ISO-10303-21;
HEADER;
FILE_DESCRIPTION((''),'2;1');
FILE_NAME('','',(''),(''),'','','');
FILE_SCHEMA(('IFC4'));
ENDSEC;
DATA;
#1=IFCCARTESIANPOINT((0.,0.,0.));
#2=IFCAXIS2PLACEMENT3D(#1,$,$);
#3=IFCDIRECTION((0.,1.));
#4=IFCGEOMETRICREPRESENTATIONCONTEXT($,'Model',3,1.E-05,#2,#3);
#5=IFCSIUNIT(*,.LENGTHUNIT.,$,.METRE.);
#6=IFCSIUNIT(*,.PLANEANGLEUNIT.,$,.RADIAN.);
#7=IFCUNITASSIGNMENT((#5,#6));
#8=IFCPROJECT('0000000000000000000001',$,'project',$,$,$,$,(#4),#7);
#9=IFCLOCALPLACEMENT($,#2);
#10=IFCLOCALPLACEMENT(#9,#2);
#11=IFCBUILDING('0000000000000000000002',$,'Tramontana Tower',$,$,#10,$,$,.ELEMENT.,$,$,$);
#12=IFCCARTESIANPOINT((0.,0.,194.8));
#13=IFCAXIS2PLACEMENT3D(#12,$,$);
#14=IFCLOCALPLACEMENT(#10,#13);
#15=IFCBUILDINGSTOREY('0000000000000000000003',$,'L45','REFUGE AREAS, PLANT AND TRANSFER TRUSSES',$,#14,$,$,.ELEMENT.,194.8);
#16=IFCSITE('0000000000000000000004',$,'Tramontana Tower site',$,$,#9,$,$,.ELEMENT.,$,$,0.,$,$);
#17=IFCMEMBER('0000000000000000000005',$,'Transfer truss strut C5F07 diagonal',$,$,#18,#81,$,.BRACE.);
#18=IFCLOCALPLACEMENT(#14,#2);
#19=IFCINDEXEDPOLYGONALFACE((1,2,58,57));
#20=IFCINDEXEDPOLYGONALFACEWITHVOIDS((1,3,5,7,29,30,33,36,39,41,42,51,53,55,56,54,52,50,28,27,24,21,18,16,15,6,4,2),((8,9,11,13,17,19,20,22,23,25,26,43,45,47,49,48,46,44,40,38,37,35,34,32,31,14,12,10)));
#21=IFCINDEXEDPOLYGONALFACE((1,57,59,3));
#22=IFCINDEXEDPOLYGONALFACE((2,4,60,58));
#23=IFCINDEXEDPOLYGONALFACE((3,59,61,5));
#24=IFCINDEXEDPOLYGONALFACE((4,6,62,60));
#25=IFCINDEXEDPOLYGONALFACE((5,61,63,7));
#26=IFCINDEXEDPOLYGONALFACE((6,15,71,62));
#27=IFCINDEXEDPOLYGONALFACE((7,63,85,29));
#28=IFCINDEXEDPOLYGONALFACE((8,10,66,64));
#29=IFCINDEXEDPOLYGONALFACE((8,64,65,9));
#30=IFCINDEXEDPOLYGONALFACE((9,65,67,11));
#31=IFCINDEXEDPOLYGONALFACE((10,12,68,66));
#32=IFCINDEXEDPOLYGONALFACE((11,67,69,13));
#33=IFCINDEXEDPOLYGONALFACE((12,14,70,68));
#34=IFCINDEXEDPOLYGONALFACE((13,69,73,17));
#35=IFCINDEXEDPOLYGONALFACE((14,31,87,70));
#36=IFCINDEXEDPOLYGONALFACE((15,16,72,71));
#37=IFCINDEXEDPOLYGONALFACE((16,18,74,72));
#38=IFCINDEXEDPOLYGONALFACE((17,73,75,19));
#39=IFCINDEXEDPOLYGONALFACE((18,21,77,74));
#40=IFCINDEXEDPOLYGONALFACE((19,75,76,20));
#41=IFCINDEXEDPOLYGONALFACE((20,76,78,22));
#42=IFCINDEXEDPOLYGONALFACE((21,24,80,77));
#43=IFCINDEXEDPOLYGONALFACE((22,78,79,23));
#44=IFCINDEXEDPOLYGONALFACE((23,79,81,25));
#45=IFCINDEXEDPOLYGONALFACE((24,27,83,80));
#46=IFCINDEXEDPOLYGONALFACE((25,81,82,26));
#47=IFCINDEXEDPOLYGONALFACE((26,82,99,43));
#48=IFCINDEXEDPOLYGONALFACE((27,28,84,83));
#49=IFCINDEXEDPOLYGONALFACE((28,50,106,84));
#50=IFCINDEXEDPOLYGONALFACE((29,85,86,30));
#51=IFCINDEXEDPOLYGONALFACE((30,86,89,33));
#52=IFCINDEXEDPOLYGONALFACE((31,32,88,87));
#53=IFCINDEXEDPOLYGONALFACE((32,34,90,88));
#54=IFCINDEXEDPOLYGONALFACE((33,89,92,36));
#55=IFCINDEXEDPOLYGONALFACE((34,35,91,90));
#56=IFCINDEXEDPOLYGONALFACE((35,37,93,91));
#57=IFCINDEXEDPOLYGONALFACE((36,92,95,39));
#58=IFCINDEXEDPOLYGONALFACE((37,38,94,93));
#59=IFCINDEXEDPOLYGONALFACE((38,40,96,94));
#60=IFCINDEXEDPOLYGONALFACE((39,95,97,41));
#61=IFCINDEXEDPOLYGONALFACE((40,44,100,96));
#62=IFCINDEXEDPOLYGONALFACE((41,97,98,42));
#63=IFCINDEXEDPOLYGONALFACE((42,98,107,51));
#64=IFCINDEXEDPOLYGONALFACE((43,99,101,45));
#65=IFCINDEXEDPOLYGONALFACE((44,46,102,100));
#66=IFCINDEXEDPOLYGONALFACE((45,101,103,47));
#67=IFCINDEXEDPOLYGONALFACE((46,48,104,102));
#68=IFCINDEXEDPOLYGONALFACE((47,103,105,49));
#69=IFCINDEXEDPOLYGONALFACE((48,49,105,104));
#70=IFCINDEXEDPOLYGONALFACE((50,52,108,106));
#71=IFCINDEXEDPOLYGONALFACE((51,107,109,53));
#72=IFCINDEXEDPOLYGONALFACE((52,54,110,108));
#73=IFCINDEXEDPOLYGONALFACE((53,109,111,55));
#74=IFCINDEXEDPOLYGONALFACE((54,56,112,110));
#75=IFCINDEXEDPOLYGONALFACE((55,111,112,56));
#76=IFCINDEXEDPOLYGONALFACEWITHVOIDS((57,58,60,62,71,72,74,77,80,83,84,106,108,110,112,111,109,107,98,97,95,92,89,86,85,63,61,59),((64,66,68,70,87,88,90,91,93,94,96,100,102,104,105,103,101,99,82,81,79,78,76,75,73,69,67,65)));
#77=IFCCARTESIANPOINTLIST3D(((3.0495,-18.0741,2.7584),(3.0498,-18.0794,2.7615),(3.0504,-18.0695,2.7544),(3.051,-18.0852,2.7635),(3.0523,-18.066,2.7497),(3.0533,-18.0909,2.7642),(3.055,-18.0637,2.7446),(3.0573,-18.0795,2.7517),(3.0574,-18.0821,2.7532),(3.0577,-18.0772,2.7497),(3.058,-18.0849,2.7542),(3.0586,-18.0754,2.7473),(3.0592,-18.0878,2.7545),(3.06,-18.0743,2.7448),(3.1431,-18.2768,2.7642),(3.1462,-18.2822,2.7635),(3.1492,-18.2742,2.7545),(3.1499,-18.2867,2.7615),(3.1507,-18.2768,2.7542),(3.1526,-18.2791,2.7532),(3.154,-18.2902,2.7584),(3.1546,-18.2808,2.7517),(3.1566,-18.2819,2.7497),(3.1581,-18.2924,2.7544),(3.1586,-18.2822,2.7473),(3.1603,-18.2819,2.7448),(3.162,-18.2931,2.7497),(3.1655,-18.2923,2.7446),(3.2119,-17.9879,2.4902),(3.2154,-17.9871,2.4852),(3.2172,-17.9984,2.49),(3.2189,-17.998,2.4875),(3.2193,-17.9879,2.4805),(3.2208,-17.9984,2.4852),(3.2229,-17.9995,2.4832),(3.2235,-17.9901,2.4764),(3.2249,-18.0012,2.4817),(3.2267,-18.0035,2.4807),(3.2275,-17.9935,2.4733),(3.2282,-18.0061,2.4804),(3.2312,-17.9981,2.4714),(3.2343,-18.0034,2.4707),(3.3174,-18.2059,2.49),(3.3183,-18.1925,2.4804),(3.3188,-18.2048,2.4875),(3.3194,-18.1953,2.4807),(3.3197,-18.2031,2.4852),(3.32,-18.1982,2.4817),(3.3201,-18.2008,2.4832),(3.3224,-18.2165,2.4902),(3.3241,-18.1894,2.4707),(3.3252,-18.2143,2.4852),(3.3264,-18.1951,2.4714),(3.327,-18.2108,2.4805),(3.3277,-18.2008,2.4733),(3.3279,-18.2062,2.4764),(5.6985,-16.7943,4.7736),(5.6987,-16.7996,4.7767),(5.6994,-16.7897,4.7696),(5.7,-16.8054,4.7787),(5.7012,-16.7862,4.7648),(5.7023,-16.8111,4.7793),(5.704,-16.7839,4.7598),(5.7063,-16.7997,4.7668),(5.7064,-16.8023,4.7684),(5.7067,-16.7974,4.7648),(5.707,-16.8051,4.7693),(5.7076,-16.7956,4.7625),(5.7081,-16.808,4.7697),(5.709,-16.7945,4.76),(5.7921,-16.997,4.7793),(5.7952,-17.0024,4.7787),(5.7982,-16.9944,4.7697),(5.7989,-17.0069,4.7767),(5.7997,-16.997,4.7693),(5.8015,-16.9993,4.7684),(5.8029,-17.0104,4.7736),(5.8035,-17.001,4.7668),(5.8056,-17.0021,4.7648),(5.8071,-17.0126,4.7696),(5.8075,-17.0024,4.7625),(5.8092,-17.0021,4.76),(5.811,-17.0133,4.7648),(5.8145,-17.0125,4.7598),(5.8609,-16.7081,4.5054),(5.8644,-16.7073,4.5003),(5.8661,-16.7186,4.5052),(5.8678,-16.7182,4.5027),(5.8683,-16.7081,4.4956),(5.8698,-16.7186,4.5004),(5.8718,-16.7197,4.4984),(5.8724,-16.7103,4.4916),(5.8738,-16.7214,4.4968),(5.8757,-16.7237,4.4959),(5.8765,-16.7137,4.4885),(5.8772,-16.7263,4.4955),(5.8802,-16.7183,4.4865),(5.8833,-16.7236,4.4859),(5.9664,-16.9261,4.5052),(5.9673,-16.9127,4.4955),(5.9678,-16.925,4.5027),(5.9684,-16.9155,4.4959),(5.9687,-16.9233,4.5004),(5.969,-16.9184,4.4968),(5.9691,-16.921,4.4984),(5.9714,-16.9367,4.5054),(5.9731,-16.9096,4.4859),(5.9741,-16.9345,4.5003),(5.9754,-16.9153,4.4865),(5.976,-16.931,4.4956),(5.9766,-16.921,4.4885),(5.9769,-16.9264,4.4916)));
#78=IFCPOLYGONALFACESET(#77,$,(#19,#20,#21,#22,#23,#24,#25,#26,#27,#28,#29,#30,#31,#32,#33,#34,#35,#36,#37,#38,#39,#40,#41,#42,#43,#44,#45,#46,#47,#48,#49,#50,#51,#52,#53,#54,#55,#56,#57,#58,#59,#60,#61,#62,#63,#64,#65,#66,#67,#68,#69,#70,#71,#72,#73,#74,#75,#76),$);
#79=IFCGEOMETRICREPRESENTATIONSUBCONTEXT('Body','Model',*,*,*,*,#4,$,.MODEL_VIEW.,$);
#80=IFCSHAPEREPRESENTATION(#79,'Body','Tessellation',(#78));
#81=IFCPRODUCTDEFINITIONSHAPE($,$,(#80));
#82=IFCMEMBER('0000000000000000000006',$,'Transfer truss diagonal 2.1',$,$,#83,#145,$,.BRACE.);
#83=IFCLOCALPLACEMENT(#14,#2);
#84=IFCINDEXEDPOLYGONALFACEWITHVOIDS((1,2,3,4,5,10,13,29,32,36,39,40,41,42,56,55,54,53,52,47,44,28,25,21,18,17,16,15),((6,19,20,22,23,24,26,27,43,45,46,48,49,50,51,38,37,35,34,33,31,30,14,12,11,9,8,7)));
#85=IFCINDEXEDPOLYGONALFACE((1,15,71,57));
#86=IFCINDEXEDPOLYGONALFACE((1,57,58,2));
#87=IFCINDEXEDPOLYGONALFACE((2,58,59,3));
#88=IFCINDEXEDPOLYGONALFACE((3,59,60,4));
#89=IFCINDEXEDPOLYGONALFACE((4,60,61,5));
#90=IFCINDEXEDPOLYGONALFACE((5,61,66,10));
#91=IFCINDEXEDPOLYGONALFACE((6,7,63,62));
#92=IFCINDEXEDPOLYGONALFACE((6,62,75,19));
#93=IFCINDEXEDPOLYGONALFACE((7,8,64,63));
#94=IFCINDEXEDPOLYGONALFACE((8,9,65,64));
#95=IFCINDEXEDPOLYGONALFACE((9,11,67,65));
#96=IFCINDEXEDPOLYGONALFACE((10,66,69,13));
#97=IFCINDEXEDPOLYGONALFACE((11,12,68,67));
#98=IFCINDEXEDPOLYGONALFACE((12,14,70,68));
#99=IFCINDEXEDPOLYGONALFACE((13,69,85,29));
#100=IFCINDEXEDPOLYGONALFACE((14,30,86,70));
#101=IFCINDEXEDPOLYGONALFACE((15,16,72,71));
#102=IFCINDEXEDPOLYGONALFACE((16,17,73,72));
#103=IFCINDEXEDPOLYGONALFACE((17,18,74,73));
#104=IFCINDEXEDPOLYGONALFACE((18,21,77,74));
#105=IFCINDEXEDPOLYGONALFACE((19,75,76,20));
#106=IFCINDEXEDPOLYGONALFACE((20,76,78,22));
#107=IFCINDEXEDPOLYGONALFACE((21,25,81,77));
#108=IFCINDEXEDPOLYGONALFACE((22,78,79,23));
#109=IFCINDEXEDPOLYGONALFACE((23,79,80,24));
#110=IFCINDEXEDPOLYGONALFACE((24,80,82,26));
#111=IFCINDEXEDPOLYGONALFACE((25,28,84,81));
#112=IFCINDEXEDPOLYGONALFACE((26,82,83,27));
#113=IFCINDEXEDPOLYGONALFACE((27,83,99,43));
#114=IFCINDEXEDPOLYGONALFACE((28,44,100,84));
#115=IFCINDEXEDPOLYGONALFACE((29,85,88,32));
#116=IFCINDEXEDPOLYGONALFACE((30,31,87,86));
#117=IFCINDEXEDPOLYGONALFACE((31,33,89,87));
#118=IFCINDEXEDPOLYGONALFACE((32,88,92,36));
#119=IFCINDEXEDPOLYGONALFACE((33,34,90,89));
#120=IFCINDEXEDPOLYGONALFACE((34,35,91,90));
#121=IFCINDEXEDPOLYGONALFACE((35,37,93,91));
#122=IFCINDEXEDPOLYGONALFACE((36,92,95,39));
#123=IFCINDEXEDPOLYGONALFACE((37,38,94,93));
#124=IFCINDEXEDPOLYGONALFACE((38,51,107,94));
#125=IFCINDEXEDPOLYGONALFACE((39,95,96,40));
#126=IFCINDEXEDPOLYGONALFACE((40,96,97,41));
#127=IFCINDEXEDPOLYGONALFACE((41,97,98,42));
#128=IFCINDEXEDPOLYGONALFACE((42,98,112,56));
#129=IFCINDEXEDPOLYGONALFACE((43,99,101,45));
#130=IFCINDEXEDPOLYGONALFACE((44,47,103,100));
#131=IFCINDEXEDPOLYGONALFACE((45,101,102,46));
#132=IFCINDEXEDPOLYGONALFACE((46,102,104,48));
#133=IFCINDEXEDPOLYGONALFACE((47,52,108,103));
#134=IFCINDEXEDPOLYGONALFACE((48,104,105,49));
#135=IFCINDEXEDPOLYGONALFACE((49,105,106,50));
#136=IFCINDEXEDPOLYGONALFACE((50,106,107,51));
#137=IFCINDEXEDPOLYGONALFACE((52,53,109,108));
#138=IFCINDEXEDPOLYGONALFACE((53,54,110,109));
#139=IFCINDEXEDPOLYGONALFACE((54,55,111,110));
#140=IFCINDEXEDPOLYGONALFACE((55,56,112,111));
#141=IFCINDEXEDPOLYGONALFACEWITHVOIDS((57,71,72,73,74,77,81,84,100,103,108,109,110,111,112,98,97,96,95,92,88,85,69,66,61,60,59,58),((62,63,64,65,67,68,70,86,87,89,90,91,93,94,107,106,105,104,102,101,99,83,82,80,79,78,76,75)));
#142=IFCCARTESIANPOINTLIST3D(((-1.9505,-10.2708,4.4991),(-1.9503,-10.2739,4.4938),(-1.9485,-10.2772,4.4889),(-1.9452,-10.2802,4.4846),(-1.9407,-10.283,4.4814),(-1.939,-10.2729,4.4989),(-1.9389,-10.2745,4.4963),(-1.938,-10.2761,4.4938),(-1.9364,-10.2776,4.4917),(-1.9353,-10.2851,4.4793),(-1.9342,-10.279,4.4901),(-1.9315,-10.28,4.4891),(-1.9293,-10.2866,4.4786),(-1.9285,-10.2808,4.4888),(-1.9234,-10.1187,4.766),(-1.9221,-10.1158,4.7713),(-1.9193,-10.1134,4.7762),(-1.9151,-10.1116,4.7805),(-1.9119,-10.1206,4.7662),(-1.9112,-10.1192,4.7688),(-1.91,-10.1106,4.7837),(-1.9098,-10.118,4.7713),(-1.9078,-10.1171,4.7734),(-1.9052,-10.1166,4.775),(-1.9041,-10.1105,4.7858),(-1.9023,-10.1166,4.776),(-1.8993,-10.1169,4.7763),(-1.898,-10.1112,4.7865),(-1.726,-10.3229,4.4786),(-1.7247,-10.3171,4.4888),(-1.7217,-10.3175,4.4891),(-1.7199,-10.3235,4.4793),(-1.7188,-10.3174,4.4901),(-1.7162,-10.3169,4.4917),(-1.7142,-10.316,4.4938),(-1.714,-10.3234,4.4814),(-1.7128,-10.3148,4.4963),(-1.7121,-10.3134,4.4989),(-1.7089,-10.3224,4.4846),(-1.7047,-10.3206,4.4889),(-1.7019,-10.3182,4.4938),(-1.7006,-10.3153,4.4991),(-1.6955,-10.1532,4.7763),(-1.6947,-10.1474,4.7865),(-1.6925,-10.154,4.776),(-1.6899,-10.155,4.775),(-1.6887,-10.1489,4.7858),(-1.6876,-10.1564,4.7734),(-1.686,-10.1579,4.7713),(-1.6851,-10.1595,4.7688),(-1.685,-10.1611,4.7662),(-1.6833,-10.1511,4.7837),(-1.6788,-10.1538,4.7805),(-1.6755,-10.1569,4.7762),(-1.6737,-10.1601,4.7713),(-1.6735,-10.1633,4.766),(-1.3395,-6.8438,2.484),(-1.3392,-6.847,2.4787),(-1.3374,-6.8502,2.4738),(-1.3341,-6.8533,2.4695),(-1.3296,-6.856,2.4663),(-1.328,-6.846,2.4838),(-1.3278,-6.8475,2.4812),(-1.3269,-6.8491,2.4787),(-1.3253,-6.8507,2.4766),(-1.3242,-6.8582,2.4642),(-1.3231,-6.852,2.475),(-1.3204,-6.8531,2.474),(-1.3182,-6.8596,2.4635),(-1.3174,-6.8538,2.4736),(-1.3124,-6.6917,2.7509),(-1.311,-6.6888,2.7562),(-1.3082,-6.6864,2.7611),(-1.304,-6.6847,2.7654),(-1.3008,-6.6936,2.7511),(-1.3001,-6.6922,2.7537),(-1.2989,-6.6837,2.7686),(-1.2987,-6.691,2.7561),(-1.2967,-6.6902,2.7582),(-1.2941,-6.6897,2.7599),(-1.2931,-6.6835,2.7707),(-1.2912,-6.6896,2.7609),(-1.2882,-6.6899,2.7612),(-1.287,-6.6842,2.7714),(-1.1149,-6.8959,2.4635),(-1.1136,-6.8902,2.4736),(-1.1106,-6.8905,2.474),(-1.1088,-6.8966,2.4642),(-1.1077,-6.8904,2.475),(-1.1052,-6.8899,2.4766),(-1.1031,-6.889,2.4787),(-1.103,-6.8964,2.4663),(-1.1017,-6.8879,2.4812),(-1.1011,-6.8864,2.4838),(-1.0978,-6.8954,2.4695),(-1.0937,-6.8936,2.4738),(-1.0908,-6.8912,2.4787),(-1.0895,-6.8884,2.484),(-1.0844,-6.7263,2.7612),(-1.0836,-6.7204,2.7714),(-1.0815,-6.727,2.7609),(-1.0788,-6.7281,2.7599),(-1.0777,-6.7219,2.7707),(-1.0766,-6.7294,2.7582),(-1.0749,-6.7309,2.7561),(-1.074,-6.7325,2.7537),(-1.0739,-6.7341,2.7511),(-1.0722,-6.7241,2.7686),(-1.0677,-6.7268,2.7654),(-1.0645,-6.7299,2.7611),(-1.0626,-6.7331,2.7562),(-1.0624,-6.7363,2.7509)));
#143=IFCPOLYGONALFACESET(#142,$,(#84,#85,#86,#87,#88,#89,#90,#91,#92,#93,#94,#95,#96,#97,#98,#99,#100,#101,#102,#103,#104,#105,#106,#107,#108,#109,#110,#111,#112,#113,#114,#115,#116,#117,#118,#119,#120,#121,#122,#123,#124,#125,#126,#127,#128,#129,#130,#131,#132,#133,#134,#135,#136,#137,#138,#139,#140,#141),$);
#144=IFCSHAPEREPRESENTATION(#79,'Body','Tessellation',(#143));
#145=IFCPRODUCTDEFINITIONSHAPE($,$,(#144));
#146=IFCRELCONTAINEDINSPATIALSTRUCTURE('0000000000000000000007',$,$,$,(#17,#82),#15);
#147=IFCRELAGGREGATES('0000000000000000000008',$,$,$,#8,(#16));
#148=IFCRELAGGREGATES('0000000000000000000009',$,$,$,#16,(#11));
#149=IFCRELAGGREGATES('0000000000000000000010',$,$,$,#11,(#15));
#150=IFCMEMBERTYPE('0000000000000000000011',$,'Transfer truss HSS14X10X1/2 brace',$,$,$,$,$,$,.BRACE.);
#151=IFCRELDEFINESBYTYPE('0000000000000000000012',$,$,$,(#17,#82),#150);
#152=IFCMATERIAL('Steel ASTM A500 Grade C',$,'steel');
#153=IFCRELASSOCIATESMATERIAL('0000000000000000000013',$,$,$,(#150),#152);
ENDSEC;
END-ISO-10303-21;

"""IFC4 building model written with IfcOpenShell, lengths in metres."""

from ifc_helpers import new_model, si_unit, direction, frame, origin, origin_2d, place, context, subcontext, project, spatial, hollow_rectangle, extrude, material, material_profile, profile_set, type_object, element, save


model = new_model("IFC4")

# Units and contexts
model_context = context("Model", 3, precision=1e-05, world=origin(), true_north=direction((0.0, 1.0)))
body_context = subcontext(model_context, "Body", "Model", "MODEL_VIEW")
ifc_project = project(units=[si_unit("LENGTHUNIT", "METRE"), si_unit("PLANEANGLEUNIT", "RADIAN")], contexts=[model_context])

# Site, building, storey
site_placement = place(None, origin())
site = spatial("IfcSite", under=ifc_project, at=site_placement, Name="Tramontana Tower site", CompositionType="ELEMENT", RefElevation=0.0)
building_placement = place(site_placement, origin())
building = spatial("IfcBuilding", under=site, at=building_placement, Name="Tramontana Tower", CompositionType="ELEMENT")
storey_placement = place(building_placement, frame((0.0, 0.0, 194.8)))
storey = spatial("IfcBuildingStorey", under=building, at=storey_placement, Name="L45", Description="REFUGE AREAS, PLANT AND TRANSFER TRUSSES", CompositionType="ELEMENT", Elevation=194.8)

# Members
ifc_material_1 = material(Name="Steel ASTM A500 Grade C", Category="steel")
ifc_material_profile_1 = material_profile(ifc_material_1, hollow_rectangle(XDim=0.2539, YDim=0.3557, WallThickness=0.0117, InnerFilletRadius=0.0117, OuterFilletRadius=0.0237, at=origin_2d()), Name="HSS14X10X1/2")
ifc_profile_set_1 = profile_set([ifc_material_profile_1], Name="Steel ASTM A500 Grade C")
member_type_1 = type_object("IfcMemberType", Name="Transfer truss HSS14X10X1/2 brace", PredefinedType="BRACE", material=ifc_profile_set_1)
member_1_placement = place(storey_placement, frame((3.1887, -18.1401, 2.6174), z_axis=(0.742855, 0.358898, 0.565118), x_axis=(-0.435023, 0.900419, 0.0)))
element("IfcMember", 1, at=member_1_placement, inside=storey, type_object=member_type_1, Name="Transfer truss strut C5F07 diagonal", PredefinedType="BRACE", context=body_context, shape_type="SweptSolid", body=[
    extrude(hollow_rectangle(XDim=0.2539, YDim=0.3557, WallThickness=0.0117, InnerFilletRadius=0.0117, OuterFilletRadius=0.0237, at=origin_2d()), origin(), (0.0, 0.0, 1.0), 3.5659),
])
member_2_placement = place(storey_placement, frame((-1.2009, -6.79, 2.6174), z_axis=(-0.151926, -0.85201, 0.500997), x_axis=(0.984471, -0.175545, 0.0)))
element("IfcMember", 2, at=member_2_placement, inside=storey, type_object=member_type_1, Name="Transfer truss diagonal 2.1", PredefinedType="BRACE", context=body_context, shape_type="SweptSolid", body=[
    extrude(hollow_rectangle(XDim=0.2539, YDim=0.3557, WallThickness=0.0117, InnerFilletRadius=0.0117, OuterFilletRadius=0.0237, at=origin_2d()), origin(), (0.0, 0.0, 1.0), 4.0222),
])

save(model, "model.ifc")
